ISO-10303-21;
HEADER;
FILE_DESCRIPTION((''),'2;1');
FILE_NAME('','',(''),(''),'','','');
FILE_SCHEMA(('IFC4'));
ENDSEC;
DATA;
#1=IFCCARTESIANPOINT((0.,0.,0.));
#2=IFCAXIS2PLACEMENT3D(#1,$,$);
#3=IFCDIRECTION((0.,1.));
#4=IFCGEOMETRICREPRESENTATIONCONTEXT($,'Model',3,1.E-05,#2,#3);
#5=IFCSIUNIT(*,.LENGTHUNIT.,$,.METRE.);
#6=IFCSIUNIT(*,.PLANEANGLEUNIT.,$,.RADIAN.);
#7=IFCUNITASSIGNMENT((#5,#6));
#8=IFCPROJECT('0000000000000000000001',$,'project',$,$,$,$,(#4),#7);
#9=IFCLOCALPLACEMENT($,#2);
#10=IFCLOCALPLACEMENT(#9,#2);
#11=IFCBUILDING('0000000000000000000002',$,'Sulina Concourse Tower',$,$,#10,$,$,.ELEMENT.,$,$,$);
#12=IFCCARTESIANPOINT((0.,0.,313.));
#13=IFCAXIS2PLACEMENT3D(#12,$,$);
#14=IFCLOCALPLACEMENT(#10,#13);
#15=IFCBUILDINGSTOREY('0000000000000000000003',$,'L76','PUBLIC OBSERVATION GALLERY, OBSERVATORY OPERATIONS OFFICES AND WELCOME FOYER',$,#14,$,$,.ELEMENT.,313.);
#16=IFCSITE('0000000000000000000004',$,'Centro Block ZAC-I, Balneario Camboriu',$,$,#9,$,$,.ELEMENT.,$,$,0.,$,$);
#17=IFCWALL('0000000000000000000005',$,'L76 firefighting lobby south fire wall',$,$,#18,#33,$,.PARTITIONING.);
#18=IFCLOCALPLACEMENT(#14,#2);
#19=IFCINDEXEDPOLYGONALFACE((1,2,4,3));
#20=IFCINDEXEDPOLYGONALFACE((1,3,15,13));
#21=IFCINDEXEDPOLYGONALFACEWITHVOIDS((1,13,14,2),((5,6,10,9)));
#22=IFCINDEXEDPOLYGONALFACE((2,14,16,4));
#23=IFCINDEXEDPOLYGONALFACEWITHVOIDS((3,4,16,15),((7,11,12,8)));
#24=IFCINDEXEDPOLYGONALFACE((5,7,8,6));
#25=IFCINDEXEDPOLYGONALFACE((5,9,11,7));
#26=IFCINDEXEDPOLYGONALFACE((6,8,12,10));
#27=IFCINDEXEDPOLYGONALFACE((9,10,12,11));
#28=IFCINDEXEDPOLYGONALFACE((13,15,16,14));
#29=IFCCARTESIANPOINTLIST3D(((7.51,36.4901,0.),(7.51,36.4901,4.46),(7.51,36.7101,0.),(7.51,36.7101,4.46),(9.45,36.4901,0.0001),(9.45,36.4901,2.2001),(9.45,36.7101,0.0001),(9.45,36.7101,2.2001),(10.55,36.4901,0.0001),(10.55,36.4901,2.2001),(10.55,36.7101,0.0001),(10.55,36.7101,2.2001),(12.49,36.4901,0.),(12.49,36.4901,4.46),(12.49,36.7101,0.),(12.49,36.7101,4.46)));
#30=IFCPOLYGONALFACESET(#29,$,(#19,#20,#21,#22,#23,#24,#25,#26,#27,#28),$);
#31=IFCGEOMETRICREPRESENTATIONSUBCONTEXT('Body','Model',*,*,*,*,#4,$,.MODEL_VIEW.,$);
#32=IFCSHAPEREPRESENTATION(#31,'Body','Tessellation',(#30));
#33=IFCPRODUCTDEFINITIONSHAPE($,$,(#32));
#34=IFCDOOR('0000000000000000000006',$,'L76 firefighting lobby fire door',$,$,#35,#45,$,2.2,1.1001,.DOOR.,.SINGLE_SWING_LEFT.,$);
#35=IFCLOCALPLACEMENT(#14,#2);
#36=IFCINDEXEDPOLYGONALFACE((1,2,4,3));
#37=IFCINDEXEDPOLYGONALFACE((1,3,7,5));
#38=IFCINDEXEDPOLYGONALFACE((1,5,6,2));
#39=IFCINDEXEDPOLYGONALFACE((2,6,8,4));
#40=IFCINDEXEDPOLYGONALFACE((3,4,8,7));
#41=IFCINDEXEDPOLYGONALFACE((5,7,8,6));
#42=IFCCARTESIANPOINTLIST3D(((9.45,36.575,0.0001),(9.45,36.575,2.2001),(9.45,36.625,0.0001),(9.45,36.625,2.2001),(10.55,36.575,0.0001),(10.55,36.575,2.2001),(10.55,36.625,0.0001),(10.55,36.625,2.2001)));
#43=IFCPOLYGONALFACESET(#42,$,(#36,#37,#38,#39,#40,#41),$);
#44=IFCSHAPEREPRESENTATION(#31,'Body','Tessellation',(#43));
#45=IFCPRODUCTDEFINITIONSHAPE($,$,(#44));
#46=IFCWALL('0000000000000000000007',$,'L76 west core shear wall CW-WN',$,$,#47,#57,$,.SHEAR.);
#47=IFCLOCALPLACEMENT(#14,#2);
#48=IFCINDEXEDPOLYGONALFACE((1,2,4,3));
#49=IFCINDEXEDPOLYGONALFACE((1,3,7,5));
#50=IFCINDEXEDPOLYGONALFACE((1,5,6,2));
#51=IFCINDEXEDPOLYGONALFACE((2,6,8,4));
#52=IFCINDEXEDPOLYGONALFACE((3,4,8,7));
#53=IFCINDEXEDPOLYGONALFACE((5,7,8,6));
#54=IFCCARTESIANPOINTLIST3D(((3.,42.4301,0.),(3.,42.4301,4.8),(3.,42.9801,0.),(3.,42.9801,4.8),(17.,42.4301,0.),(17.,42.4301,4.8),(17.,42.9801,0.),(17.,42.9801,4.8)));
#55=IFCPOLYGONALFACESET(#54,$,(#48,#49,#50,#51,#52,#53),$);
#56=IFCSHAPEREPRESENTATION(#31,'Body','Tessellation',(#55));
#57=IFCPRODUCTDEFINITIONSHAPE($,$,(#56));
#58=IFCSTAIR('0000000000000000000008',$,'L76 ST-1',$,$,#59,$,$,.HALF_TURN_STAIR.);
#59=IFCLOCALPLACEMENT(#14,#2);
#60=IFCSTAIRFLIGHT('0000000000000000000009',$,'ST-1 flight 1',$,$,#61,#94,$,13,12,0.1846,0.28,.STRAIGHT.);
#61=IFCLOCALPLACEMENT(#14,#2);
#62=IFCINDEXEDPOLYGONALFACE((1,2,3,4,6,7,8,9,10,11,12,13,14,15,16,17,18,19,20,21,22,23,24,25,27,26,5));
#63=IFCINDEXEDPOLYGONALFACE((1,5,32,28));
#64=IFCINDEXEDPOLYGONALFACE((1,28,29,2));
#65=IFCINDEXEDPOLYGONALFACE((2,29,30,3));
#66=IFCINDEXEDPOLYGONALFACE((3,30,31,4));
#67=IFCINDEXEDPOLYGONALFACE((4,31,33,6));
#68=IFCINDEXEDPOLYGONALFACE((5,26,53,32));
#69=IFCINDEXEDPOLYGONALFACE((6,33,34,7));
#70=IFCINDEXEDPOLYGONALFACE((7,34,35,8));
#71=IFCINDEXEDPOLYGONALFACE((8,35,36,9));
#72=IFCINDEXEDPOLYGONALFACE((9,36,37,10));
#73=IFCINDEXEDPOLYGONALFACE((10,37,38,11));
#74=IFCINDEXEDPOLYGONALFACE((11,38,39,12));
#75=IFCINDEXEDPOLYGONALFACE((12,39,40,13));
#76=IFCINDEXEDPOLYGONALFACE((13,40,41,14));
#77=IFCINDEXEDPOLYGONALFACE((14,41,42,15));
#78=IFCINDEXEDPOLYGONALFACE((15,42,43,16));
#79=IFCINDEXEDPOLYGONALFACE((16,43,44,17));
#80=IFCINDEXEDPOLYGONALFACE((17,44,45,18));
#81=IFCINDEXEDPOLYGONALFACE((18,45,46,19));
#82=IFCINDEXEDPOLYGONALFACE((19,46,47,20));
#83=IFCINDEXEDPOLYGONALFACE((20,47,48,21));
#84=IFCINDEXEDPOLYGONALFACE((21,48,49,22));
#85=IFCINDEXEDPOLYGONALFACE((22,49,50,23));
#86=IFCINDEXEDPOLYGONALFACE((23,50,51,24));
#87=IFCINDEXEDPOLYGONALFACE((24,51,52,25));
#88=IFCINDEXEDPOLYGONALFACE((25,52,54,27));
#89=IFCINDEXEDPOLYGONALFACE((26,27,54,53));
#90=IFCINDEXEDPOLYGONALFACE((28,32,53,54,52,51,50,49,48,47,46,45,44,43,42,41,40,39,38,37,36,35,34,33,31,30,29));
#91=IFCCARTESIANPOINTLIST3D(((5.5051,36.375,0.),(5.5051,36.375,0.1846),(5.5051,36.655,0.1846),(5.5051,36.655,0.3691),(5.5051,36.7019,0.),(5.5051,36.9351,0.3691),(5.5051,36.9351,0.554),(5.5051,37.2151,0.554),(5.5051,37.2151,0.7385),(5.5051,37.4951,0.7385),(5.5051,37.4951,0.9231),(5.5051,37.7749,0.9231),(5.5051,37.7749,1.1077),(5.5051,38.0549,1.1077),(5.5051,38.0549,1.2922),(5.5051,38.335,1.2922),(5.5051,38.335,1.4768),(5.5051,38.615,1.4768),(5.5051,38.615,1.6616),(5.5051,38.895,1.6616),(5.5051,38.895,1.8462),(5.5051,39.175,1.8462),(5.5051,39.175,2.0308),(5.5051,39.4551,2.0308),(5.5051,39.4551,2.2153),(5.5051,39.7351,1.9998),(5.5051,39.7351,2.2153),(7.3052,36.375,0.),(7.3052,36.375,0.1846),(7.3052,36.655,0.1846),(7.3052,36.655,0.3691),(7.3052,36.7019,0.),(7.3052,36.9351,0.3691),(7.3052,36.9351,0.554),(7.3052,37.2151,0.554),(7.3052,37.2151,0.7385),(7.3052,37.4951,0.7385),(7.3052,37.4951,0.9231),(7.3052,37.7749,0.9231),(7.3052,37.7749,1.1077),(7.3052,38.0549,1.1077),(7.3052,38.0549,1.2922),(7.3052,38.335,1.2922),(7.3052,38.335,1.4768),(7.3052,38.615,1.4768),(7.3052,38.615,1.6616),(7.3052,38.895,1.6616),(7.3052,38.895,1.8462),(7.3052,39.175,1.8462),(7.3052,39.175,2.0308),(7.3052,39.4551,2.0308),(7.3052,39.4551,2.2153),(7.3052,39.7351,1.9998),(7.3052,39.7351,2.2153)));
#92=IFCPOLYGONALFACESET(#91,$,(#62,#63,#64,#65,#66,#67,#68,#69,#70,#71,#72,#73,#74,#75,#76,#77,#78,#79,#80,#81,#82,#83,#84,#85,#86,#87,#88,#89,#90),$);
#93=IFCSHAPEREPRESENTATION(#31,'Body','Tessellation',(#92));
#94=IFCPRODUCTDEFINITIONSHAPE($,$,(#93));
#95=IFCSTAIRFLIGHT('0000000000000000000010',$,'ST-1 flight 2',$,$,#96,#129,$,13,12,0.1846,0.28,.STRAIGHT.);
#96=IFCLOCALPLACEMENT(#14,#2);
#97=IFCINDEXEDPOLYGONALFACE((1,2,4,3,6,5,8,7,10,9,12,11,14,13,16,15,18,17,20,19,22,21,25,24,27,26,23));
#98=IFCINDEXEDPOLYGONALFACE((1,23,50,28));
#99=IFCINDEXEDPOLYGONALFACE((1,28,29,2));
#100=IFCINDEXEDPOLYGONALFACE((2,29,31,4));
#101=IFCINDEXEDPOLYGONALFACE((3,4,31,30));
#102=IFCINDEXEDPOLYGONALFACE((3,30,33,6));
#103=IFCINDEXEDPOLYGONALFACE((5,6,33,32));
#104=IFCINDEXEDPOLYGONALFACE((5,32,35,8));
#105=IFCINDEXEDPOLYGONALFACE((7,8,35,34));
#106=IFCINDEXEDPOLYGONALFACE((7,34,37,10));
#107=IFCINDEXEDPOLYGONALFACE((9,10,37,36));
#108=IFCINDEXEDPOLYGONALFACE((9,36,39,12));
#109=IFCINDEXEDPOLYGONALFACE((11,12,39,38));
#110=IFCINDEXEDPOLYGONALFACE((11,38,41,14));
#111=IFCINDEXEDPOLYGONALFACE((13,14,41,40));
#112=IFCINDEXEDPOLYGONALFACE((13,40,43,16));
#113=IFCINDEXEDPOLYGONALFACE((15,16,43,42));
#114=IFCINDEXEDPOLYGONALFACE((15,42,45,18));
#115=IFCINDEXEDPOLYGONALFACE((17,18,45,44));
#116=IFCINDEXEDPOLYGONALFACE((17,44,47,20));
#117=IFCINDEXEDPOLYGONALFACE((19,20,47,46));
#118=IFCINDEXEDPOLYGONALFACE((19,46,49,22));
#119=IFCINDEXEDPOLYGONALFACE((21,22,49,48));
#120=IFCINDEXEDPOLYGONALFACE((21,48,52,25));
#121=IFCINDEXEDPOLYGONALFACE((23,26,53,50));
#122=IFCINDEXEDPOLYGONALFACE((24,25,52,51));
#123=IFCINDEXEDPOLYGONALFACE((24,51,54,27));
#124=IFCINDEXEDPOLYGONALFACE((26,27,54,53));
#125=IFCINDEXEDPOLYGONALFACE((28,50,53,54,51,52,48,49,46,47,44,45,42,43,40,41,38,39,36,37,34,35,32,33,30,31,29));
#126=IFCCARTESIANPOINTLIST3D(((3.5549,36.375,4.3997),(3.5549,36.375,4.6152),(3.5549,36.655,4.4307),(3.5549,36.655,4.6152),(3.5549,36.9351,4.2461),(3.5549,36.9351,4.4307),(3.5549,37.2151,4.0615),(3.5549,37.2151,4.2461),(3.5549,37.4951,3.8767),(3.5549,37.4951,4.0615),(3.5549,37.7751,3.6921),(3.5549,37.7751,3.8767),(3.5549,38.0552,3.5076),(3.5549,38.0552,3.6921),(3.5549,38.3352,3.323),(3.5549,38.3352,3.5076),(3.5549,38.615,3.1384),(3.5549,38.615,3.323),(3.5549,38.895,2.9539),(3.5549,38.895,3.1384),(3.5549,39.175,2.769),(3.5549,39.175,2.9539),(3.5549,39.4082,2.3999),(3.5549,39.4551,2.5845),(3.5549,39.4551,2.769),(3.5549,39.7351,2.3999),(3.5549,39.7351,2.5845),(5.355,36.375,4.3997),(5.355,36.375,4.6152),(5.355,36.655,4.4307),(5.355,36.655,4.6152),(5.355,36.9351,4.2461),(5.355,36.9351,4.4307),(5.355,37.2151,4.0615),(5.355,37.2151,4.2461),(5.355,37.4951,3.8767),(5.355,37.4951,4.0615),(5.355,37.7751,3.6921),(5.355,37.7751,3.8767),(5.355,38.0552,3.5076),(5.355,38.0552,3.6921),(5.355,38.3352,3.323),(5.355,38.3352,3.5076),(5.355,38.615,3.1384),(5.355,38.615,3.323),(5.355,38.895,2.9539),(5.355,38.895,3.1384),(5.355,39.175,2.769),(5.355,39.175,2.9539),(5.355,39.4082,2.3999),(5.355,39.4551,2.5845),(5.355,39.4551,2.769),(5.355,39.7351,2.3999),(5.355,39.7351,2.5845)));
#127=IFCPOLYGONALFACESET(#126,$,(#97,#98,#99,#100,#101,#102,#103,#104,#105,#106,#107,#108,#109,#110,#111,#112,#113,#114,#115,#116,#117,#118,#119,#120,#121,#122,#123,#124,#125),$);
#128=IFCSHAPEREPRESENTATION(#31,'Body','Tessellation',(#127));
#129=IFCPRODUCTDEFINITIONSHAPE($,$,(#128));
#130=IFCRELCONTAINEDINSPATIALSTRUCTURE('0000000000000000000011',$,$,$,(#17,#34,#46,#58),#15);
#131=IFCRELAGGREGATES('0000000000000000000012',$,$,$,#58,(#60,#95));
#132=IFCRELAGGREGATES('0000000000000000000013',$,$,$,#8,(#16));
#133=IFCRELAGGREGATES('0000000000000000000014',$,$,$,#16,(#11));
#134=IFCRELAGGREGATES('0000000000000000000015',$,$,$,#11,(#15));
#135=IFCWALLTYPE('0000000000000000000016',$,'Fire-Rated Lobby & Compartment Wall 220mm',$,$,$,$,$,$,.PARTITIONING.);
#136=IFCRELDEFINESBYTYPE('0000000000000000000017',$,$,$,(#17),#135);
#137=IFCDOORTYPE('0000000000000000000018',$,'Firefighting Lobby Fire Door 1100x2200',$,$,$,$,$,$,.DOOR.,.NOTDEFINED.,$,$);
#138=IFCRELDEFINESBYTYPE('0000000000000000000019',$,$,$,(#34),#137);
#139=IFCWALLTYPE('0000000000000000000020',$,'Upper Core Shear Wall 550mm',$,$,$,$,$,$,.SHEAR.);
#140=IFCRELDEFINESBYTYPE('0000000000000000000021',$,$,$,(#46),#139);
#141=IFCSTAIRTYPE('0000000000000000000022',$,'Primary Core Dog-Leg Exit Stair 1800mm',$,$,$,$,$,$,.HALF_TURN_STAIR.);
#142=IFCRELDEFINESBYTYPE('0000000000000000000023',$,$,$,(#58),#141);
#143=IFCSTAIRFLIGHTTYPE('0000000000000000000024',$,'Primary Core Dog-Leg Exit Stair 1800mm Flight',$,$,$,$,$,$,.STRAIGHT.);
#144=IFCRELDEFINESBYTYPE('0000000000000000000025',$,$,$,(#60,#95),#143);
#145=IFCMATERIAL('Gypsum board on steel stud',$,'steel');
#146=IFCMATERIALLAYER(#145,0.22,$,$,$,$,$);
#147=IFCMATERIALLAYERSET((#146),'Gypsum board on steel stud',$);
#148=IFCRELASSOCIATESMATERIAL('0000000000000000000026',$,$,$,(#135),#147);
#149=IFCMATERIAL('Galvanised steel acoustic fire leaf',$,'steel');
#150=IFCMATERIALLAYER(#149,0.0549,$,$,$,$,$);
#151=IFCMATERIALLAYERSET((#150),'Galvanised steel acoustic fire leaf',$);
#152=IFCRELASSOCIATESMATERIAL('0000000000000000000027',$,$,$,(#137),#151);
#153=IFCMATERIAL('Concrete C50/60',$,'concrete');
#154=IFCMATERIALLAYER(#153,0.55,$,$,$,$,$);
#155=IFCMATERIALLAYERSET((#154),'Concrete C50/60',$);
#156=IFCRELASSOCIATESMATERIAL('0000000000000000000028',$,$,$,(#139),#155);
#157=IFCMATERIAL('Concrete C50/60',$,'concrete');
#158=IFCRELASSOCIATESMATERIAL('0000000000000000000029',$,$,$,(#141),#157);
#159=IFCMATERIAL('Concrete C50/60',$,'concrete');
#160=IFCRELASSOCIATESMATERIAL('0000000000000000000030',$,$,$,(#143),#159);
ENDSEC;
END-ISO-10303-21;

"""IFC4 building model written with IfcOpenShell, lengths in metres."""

from ifc_helpers import new_model, si_unit, direction, frame, frame_2d, origin, place, context, subcontext, project, spatial, polyline, rectangle, outline, extrude, material, layer, layer_set, type_object, element, fill, aggregate, save


model = new_model("IFC4")

# Units and contexts
model_context = context("Model", 3, precision=1e-05, world=origin(), true_north=direction((0.0, 1.0)))
body_context = subcontext(model_context, "Body", "Model", "MODEL_VIEW")
ifc_project = project(units=[si_unit("LENGTHUNIT", "METRE"), si_unit("PLANEANGLEUNIT", "RADIAN")], contexts=[model_context])

# Site, building, storey
site_placement = place(None, origin())
site = spatial("IfcSite", under=ifc_project, at=site_placement, Name="Centro Block ZAC-I, Balneario Camboriu", CompositionType="ELEMENT", RefElevation=0.0)
building_placement = place(site_placement, origin())
building = spatial("IfcBuilding", under=site, at=building_placement, Name="Sulina Concourse Tower", CompositionType="ELEMENT")
storey_placement = place(building_placement, frame((0.0, 0.0, 313.0)))
storey = spatial("IfcBuildingStorey", under=building, at=storey_placement, Name="L76", Description="PUBLIC OBSERVATION GALLERY, OBSERVATORY OPERATIONS OFFICES AND WELCOME FOYER", CompositionType="ELEMENT", Elevation=313.0)

# Wall, opening, door
ifc_material_1 = material(Name="Gypsum board on steel stud", Category="steel")
ifc_layer_1 = layer(ifc_material_1, 0.22)
ifc_layer_set_1 = layer_set([ifc_layer_1], Name="Gypsum board on steel stud")
wall_type_1 = type_object("IfcWallType", Name="Fire-Rated Lobby & Compartment Wall 220mm", PredefinedType="PARTITIONING", material=ifc_layer_set_1)
wall_1_placement = place(storey_placement, frame((7.51, 36.6001, 0.0), z_axis=(0.0, 0.0, 1.0), x_axis=(1.0, 0.0, 0.0)))
wall_1 = element("IfcWall", 1, at=wall_1_placement, inside=storey, type_object=wall_type_1, Name="L76 firefighting lobby south fire wall", PredefinedType="PARTITIONING", context=body_context, shape_type="SweptSolid", body=[
    extrude(rectangle(XDim=4.98, YDim=0.22, at=frame_2d((2.49, 0.0))), origin(), (0.0, 0.0, 1.0), 4.46),
])
opening_1_placement = place(wall_1_placement, frame((1.9399, 0.0, 0.0)))
opening_1 = element("IfcOpeningElement", 2, at=opening_1_placement, cuts=wall_1, PredefinedType="OPENING", context=body_context, shape_type="SweptSolid", body=[
    extrude(rectangle(XDim=1.1001, YDim=2.2, at=frame_2d((0.55, 1.1001))), frame((0.0, 0.1199, 0.0), z_axis=(0.0, -1.0, 0.0), x_axis=(1.0, 0.0, 0.0)), (0.0, 0.0, 1.0), 0.24),
])
ifc_material_2 = material(Name="Galvanised steel acoustic fire leaf", Category="steel")
ifc_layer_2 = layer(ifc_material_2, 0.0549)
ifc_layer_set_2 = layer_set([ifc_layer_2], Name="Galvanised steel acoustic fire leaf")
door_type_1 = type_object("IfcDoorType", Name="Firefighting Lobby Fire Door 1100x2200", OperationType="NOTDEFINED", PredefinedType="DOOR", material=ifc_layer_set_2)
door_1_placement = place(opening_1_placement, origin())
door_1 = element("IfcDoor", 3, at=door_1_placement, inside=storey, type_object=door_type_1, Name="L76 firefighting lobby fire door", OperationType="SINGLE_SWING_LEFT", OverallHeight=2.2, OverallWidth=1.1001, PredefinedType="DOOR", context=body_context, shape_type="SweptSolid", body=[
    extrude(rectangle(XDim=1.1001, YDim=2.2, at=frame_2d((0.55, 1.1001))), frame((0.0, 0.0249, 0.0), z_axis=(0.0, -1.0, 0.0), x_axis=(1.0, 0.0, 0.0)), (0.0, 0.0, 1.0), 0.05),
])
fill(opening_1, door_1)

# Wall
ifc_material_3 = material(Name="Concrete C50/60", Category="concrete")
ifc_layer_3 = layer(ifc_material_3, 0.55)
ifc_layer_set_3 = layer_set([ifc_layer_3], Name="Concrete C50/60")
wall_type_2 = type_object("IfcWallType", Name="Upper Core Shear Wall 550mm", PredefinedType="SHEAR", material=ifc_layer_set_3)
wall_2_placement = place(storey_placement, frame((3.0, 42.7051, 0.0), z_axis=(0.0, 0.0, 1.0), x_axis=(1.0, 0.0, 0.0)))
element("IfcWall", 4, at=wall_2_placement, inside=storey, type_object=wall_type_2, Name="L76 west core shear wall CW-WN", PredefinedType="SHEAR", context=body_context, shape_type="SweptSolid", body=[
    extrude(rectangle(XDim=14.0, YDim=0.55, at=frame_2d((7.0, 0.0))), origin(), (0.0, 0.0, 1.0), 4.8),
])

# Stair, stair flights
ifc_material_4 = material(Name="Concrete C50/60", Category="concrete")
stair_type = type_object("IfcStairType", Name="Primary Core Dog-Leg Exit Stair 1800mm", PredefinedType="HALF_TURN_STAIR", material=ifc_material_4)
stair_placement = place(storey_placement, origin())
stair = element("IfcStair", 5, at=stair_placement, inside=storey, type_object=stair_type, Name="L76 ST-1", PredefinedType="HALF_TURN_STAIR")
ifc_material_5 = material(Name="Concrete C50/60", Category="concrete")
stair_flight_type = type_object("IfcStairFlightType", Name="Primary Core Dog-Leg Exit Stair 1800mm Flight", PredefinedType="STRAIGHT", material=ifc_material_5)
stair_flight_1_placement = place(storey_placement, frame((6.405, 36.375, 0.0), z_axis=(0.0, 0.0, 1.0), x_axis=(0.0, 1.0, 0.0)))
stair_flight_1 = element("IfcStairFlight", 6, at=stair_flight_1_placement, type_object=stair_flight_type, Name="ST-1 flight 1", NumberOfRisers=13, NumberOfTreads=12, PredefinedType="STRAIGHT", RiserHeight=0.1846, TreadLength=0.28, context=body_context, shape_type="SweptSolid", body=[
    extrude(outline(polyline([(0.0, 0.0), (0.0, 0.1846), (0.28, 0.1846), (0.28, 0.3691), (0.5601, 0.3691), (0.5601, 0.554), (0.8401, 0.554), (0.8401, 0.7385), (1.1201, 0.7385), (1.1201, 0.9231), (1.3999, 0.9231), (1.3999, 1.1077), (1.6799, 1.1077), (1.6799, 1.2922), (1.96, 1.2922), (1.96, 1.4768), (2.24, 1.4768), (2.24, 1.6616), (2.52, 1.6616), (2.52, 1.8462), (2.8, 1.8462), (2.8, 2.0308), (3.0801, 2.0308), (3.0801, 2.2153), (3.3601, 2.2153), (3.3601, 2.3999), (3.3601, 1.9998), (0.3269, 0.0), (0.0, 0.0)])), frame((0.0, 0.8999, 0.0), z_axis=(0.0, -1.0, 0.0), x_axis=(1.0, 0.0, 0.0)), (0.0, 0.0, 1.0), 1.8),
])
stair_flight_2_placement = place(storey_placement, frame((4.4551, 39.7351, 2.3999), z_axis=(0.0, 0.0, 1.0), x_axis=(0.0, -1.0, 0.0)))
stair_flight_2 = element("IfcStairFlight", 7, at=stair_flight_2_placement, type_object=stair_flight_type, Name="ST-1 flight 2", NumberOfRisers=13, NumberOfTreads=12, PredefinedType="STRAIGHT", RiserHeight=0.1846, TreadLength=0.28, context=body_context, shape_type="SweptSolid", body=[
    extrude(outline(polyline([(0.0, 0.0), (0.0, 0.1846), (0.28, 0.1846), (0.28, 0.3691), (0.5601, 0.3691), (0.5601, 0.554), (0.8401, 0.554), (0.8401, 0.7385), (1.1201, 0.7385), (1.1201, 0.9231), (1.3999, 0.9231), (1.3999, 1.1077), (1.6799, 1.1077), (1.6799, 1.2922), (1.96, 1.2922), (1.96, 1.4768), (2.24, 1.4768), (2.24, 1.6616), (2.52, 1.6616), (2.52, 1.8462), (2.8, 1.8462), (2.8, 2.0308), (3.0801, 2.0308), (3.0801, 2.2153), (3.3601, 2.2153), (3.3601, 2.3999), (3.3601, 1.9998), (0.3269, 0.0), (0.0, 0.0)])), frame((0.0, 0.8999, 0.0), z_axis=(0.0, -1.0, 0.0), x_axis=(1.0, 0.0, 0.0)), (0.0, 0.0, 1.0), 1.8),
])
aggregate(stair, [stair_flight_1, stair_flight_2])

save(model, "model.ifc")
